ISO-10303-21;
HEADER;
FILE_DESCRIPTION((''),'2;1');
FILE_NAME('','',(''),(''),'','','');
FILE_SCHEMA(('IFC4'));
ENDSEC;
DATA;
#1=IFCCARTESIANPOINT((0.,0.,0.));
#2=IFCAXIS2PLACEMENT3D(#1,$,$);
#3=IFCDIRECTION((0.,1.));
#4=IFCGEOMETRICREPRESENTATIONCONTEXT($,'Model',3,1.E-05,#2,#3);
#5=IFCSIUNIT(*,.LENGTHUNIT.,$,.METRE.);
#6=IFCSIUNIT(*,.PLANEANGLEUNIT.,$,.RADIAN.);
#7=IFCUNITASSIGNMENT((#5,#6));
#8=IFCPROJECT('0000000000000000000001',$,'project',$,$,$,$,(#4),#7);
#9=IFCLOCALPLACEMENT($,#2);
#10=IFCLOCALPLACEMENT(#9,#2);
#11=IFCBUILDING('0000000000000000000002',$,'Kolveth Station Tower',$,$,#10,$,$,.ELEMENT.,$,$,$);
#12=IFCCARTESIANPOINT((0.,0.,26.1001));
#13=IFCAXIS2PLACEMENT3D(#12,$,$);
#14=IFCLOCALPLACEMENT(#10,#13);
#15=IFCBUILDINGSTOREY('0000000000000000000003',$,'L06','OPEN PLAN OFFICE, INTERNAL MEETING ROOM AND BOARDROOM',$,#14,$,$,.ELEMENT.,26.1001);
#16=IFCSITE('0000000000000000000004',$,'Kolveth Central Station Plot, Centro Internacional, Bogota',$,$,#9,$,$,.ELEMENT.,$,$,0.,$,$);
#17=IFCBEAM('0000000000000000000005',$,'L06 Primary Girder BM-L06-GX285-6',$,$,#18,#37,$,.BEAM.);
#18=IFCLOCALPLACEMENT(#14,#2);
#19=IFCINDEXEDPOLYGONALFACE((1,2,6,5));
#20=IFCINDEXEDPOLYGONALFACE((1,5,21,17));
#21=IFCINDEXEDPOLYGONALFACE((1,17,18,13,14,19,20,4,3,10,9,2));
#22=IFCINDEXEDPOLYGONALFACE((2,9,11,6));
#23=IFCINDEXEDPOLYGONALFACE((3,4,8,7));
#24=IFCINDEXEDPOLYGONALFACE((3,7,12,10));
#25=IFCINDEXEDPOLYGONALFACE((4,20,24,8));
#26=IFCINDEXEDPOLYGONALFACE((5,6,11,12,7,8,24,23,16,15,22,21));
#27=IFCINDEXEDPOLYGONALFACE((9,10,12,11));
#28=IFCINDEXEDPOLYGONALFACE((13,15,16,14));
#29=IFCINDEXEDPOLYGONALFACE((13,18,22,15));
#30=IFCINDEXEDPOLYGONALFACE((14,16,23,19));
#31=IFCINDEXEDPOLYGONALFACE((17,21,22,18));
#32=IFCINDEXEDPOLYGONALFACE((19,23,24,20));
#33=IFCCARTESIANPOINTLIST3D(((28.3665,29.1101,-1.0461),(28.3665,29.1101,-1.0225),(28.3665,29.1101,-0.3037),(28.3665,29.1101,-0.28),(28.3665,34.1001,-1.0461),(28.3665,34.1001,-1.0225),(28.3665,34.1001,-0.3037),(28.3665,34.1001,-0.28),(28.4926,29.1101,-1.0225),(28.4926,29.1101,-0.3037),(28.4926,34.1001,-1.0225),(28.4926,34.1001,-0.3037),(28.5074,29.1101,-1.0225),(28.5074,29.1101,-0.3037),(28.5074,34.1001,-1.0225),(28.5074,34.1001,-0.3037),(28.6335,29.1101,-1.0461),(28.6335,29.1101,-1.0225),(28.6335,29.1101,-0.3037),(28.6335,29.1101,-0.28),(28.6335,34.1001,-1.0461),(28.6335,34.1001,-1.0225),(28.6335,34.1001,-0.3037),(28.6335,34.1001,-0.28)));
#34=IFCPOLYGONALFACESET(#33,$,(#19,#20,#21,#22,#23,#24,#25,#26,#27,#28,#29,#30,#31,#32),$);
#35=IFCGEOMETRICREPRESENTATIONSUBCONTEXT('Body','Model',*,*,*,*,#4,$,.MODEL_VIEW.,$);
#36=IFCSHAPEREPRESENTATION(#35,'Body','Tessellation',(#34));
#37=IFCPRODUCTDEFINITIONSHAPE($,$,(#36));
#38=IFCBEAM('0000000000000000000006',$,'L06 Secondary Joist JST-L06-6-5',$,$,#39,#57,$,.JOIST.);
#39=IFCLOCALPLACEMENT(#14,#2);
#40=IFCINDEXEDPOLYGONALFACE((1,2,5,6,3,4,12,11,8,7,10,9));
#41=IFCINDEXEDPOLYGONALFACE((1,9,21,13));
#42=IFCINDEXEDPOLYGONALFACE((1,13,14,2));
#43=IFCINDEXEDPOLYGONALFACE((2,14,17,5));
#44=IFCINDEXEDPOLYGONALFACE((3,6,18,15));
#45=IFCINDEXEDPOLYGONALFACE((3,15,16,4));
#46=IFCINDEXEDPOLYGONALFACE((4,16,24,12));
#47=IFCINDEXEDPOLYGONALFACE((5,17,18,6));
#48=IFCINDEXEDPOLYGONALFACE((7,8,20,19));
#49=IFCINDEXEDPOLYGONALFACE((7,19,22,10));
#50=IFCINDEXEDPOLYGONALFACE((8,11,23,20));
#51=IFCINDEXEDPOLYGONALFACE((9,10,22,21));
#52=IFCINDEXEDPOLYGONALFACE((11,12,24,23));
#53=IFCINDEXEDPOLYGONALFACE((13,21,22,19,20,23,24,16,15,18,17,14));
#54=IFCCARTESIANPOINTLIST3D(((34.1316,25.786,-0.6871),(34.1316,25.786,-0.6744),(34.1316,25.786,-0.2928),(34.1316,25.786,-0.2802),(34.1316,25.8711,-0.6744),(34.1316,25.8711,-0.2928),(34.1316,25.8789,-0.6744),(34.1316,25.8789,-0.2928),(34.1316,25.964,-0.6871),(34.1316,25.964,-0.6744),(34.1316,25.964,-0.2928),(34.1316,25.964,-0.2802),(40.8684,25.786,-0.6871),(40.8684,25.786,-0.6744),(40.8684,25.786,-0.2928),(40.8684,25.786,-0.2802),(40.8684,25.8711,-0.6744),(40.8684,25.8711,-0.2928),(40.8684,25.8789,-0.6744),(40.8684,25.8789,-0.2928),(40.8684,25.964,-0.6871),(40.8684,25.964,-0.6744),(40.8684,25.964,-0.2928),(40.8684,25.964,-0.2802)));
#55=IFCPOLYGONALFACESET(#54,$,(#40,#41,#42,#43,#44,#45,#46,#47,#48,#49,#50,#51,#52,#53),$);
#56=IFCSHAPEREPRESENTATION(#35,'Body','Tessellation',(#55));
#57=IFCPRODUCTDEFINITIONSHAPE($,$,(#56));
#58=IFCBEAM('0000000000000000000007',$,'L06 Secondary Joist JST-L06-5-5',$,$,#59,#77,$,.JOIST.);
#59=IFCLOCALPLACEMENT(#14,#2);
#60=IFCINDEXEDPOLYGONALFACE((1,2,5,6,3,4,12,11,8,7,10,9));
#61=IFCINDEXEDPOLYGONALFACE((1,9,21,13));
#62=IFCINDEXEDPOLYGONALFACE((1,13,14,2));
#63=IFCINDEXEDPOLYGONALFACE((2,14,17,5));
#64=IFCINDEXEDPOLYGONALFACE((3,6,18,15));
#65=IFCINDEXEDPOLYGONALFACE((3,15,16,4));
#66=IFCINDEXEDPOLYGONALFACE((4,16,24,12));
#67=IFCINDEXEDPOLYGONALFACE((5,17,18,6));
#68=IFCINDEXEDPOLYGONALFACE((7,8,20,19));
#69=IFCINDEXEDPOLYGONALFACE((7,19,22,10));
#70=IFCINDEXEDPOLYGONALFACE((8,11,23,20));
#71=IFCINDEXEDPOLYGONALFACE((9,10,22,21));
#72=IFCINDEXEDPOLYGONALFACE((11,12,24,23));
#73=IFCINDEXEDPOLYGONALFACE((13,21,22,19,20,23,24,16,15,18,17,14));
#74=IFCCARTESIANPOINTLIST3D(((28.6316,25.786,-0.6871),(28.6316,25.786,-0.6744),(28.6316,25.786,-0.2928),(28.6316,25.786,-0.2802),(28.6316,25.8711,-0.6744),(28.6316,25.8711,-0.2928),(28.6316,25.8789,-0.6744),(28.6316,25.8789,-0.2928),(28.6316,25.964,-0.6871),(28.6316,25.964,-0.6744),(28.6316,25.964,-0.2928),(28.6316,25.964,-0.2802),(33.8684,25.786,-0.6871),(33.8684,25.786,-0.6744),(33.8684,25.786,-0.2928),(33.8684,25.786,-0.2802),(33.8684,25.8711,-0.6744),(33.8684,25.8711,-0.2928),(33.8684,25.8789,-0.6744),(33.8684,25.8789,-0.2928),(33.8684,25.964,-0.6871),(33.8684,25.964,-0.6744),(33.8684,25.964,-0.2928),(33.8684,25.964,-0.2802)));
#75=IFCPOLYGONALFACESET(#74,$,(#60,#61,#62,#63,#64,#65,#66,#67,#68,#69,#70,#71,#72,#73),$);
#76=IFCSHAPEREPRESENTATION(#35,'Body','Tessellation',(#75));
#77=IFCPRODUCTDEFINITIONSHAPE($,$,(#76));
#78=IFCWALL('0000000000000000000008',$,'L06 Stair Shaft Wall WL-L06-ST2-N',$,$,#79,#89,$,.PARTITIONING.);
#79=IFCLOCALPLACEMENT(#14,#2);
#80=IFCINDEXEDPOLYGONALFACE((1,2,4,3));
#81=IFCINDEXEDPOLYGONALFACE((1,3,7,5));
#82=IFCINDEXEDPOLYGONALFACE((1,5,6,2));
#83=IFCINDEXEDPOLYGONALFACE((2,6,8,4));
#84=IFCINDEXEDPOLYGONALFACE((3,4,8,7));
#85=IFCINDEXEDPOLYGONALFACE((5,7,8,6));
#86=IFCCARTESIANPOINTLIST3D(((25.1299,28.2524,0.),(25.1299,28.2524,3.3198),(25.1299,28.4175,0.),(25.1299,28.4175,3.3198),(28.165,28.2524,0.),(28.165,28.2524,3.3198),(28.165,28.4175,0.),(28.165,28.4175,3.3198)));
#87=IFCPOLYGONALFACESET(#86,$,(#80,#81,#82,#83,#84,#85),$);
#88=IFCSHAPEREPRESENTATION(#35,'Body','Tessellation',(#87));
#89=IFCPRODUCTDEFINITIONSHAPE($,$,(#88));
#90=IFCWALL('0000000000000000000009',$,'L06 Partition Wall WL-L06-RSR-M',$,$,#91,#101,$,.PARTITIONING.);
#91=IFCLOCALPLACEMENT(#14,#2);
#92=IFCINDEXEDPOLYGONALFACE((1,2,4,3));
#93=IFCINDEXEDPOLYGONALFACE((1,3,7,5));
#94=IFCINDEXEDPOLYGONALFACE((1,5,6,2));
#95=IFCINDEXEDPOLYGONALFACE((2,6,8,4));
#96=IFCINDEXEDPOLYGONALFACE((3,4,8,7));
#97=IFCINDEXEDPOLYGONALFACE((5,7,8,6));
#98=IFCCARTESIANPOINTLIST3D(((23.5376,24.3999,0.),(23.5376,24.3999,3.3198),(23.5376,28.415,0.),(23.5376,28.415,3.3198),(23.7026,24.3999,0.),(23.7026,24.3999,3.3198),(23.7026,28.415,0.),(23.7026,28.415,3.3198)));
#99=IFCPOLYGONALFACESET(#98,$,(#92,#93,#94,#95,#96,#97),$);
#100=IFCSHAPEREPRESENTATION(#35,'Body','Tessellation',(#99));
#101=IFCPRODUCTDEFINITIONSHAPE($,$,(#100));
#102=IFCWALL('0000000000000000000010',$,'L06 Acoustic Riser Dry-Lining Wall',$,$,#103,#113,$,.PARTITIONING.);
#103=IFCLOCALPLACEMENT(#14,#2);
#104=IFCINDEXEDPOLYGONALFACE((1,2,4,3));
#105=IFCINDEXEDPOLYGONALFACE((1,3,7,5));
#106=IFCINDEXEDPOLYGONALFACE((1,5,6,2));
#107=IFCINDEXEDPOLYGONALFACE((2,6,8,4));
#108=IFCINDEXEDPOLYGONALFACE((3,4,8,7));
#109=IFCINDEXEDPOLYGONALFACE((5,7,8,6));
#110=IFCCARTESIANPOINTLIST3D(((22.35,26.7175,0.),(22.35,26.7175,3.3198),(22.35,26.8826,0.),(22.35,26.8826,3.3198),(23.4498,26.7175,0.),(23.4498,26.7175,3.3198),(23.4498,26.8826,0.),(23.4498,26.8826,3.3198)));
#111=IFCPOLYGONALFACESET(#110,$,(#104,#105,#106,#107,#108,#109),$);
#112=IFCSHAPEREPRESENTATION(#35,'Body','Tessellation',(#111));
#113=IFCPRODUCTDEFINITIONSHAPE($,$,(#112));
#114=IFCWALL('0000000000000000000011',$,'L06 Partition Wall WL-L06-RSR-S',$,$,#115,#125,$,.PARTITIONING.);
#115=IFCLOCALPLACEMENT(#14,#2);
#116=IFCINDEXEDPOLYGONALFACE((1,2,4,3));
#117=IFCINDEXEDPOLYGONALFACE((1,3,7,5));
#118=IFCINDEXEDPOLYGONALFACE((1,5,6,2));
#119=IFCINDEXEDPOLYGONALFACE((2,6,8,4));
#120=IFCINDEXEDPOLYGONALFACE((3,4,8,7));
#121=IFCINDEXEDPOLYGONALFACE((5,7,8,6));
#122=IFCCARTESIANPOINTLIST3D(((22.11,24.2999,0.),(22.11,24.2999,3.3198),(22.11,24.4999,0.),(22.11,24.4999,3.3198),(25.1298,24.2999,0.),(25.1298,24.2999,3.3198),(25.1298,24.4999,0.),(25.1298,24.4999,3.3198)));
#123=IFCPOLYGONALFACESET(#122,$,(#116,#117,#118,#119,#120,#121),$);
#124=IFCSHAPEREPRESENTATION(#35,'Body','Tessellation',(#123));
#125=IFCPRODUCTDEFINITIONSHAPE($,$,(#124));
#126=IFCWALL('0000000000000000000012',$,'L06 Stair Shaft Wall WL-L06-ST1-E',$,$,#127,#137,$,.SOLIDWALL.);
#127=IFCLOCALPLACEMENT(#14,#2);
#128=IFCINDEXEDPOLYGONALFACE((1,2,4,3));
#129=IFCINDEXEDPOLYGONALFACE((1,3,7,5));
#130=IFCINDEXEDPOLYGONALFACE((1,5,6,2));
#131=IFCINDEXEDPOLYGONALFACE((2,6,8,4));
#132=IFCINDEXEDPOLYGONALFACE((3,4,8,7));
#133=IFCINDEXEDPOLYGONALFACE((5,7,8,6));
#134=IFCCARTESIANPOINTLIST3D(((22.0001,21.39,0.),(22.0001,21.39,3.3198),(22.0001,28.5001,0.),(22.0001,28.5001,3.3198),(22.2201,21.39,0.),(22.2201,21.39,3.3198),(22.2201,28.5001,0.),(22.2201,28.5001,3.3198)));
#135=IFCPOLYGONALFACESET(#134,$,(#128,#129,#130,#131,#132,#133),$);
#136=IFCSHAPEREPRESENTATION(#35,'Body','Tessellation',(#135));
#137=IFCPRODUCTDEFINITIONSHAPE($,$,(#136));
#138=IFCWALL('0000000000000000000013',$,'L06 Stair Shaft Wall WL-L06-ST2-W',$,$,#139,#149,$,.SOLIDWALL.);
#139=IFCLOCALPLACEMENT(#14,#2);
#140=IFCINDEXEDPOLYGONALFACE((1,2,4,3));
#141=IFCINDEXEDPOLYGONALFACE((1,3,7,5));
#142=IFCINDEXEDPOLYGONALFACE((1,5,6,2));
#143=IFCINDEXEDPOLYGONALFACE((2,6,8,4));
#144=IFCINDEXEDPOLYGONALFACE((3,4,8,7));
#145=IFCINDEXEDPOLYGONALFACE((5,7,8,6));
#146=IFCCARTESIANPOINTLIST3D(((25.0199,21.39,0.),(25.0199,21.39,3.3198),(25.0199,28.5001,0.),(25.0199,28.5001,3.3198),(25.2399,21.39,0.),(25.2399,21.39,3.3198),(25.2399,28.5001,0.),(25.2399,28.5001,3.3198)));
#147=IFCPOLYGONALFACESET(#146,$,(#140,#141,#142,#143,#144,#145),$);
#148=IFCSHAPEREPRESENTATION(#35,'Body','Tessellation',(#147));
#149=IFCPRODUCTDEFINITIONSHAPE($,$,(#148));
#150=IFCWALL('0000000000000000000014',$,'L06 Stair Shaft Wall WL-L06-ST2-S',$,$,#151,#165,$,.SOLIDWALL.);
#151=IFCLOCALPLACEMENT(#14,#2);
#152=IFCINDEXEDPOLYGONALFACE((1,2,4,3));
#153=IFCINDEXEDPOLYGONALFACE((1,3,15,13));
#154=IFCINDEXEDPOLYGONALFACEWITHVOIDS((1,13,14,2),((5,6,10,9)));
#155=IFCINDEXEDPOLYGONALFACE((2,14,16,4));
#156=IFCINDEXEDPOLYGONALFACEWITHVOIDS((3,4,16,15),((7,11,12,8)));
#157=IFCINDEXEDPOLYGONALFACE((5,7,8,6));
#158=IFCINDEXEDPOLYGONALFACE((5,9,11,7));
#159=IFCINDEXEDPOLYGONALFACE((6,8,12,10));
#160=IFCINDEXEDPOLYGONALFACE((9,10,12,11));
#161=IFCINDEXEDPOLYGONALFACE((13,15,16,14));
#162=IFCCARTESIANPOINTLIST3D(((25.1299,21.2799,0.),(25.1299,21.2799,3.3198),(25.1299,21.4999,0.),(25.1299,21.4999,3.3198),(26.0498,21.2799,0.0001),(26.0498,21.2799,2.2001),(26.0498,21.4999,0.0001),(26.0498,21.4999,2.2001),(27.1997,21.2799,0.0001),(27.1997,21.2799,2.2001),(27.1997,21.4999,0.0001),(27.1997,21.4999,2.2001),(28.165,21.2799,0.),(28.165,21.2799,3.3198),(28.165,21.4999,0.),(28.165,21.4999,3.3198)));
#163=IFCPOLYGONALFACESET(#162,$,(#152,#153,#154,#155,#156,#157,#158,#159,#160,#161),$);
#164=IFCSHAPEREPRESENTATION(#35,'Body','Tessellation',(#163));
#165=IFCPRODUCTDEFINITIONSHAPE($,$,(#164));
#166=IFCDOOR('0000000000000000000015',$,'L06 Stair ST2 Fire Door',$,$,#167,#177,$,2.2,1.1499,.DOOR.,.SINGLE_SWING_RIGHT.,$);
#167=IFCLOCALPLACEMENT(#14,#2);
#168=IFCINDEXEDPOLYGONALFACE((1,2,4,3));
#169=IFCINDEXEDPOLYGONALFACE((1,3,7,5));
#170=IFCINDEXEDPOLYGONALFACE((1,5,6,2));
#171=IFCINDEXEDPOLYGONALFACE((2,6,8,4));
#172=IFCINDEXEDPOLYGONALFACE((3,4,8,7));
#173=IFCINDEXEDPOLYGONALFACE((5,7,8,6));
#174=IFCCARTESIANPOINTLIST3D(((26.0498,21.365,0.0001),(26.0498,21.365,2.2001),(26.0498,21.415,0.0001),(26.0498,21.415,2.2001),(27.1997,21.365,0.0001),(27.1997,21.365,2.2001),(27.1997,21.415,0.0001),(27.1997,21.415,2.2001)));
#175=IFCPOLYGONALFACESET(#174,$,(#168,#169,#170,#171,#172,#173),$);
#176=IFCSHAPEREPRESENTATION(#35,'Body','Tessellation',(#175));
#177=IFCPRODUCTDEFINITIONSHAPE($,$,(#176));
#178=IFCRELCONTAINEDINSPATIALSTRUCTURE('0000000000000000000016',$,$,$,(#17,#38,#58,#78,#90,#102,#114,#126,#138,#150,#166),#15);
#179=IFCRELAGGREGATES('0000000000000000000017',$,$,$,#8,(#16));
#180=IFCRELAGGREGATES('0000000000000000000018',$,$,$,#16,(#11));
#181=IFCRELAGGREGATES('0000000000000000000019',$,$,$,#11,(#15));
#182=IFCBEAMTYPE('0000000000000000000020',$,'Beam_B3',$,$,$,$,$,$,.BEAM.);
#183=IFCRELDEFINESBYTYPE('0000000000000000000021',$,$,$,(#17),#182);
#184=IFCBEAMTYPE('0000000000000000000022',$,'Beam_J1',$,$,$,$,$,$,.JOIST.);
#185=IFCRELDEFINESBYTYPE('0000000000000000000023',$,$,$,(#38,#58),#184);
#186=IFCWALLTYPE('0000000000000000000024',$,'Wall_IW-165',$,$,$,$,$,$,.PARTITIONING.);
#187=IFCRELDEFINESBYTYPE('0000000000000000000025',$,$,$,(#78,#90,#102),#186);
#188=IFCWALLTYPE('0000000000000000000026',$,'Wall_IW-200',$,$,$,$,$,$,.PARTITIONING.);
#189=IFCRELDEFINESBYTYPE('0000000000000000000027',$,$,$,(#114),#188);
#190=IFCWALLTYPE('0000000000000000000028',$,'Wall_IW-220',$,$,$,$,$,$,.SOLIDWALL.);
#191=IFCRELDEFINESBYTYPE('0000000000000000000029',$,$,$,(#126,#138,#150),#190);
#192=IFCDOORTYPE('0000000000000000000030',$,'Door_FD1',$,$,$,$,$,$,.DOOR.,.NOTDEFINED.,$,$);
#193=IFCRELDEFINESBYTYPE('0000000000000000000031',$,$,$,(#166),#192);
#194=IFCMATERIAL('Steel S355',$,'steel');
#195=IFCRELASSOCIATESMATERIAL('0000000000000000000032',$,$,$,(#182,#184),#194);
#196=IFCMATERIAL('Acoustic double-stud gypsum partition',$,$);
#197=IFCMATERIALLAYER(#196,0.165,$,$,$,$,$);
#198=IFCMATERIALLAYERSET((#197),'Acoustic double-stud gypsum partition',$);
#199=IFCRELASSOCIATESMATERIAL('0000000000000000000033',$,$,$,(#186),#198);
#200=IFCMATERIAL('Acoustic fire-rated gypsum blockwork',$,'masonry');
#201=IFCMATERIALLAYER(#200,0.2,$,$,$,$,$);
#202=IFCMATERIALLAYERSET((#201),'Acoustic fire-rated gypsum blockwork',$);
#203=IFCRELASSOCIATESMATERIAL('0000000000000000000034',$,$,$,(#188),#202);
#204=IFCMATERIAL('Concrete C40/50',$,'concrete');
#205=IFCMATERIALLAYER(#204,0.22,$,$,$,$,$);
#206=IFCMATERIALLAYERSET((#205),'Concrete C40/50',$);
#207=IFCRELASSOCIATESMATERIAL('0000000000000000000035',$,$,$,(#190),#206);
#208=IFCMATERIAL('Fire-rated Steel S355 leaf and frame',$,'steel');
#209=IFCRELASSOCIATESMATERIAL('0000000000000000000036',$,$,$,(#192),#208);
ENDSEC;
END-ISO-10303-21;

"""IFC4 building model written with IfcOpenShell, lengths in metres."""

from ifc_helpers import new_model, si_unit, direction, frame, frame_2d, origin, origin_2d, place, context, subcontext, project, spatial, rectangle, i_section, extrude, source, transform, mapped, material, layer, layer_set, material_profile, profile_set, type_object, element, fill, save


model = new_model("IFC4")

# Units and contexts
model_context = context("Model", 3, precision=1e-05, world=origin(), true_north=direction((0.0, 1.0)))
body_context = subcontext(model_context, "Body", "Model", "MODEL_VIEW")
ifc_project = project(units=[si_unit("LENGTHUNIT", "METRE"), si_unit("PLANEANGLEUNIT", "RADIAN")], contexts=[model_context])

# Site, building, storey
site_placement = place(None, origin())
site = spatial("IfcSite", under=ifc_project, at=site_placement, Name="Kolveth Central Station Plot, Centro Internacional, Bogota", CompositionType="ELEMENT", RefElevation=0.0)
building_placement = place(site_placement, origin())
building = spatial("IfcBuilding", under=site, at=building_placement, Name="Kolveth Station Tower", CompositionType="ELEMENT")
storey_placement = place(building_placement, frame((0.0, 0.0, 26.1001)))
storey = spatial("IfcBuildingStorey", under=building, at=storey_placement, Name="L06", Description="OPEN PLAN OFFICE, INTERNAL MEETING ROOM AND BOARDROOM", CompositionType="ELEMENT", Elevation=26.1001)

# Beams
ifc_material_1 = material(Name="Steel S355", Category="steel")
ifc_material_profile_1 = material_profile(ifc_material_1, i_section(OverallWidth=0.2671, OverallDepth=0.7661, WebThickness=0.0149, FlangeThickness=0.0237, at=origin_2d()), Name="W760x185")
ifc_profile_set_1 = profile_set([ifc_material_profile_1], Name="Steel S355")
beam_type_1 = type_object("IfcBeamType", Name="Beam_B3", PredefinedType="BEAM", material=ifc_profile_set_1)
shared_shape_1 = source(origin(), body_context, "Body", "SweptSolid", [
    extrude(i_section(OverallWidth=0.2671, OverallDepth=0.7661, WebThickness=0.0149, FlangeThickness=0.0237, at=origin_2d()), origin(), (0.0, 0.0, 1.0), 4.99),
])
beam_1_placement = place(storey_placement, frame((28.5, 29.1101, -0.6631), z_axis=(0.0, 1.0, 0.0), x_axis=(-1.0, 0.0, 0.0)))
element("IfcBeam", 1, at=beam_1_placement, inside=storey, type_object=beam_type_1, Name="L06 Primary Girder BM-L06-GX285-6", PredefinedType="BEAM", context=body_context, shape_type="MappedRepresentation", body=[
    mapped(shared_shape_1, transform((0.0, 0.0, 0.0), x_axis=(1.0, 0.0, 0.0), y_axis=(0.0, 1.0, 0.0), z_axis=(0.0, 0.0, 1.0), scale=1.0)),
])
ifc_material_profile_2 = material_profile(ifc_material_1, i_section(OverallWidth=0.178, OverallDepth=0.407, WebThickness=0.0078, FlangeThickness=0.0127, at=origin_2d()), Name="W410x60")
ifc_profile_set_2 = profile_set([ifc_material_profile_2], Name="Steel S355")
beam_type_2 = type_object("IfcBeamType", Name="Beam_J1", PredefinedType="JOIST", material=ifc_profile_set_2)
shared_shape_2 = source(origin(), body_context, "Body", "SweptSolid", [
    extrude(i_section(OverallWidth=0.178, OverallDepth=0.407, WebThickness=0.0078, FlangeThickness=0.0127, at=origin_2d()), origin(), (0.0, 0.0, 1.0), 6.7368),
])
beam_2_placement = place(storey_placement, frame((34.1316, 25.875, -0.4836), z_axis=(1.0, 0.0, 0.0), x_axis=(0.0, 1.0, 0.0)))
element("IfcBeam", 2, at=beam_2_placement, inside=storey, type_object=beam_type_2, Name="L06 Secondary Joist JST-L06-6-5", PredefinedType="JOIST", context=body_context, shape_type="MappedRepresentation", body=[
    mapped(shared_shape_2, transform((0.0, 0.0, 0.0), x_axis=(1.0, 0.0, 0.0), y_axis=(0.0, 1.0, 0.0), z_axis=(0.0, 0.0, 1.0), scale=1.0)),
])
shared_shape_3 = source(origin(), body_context, "Body", "SweptSolid", [
    extrude(i_section(OverallWidth=0.178, OverallDepth=0.407, WebThickness=0.0078, FlangeThickness=0.0127, at=origin_2d()), origin(), (0.0, 0.0, 1.0), 5.2368),
])
beam_3_placement = place(storey_placement, frame((28.6316, 25.875, -0.4836), z_axis=(1.0, 0.0, 0.0), x_axis=(0.0, 1.0, 0.0)))
element("IfcBeam", 3, at=beam_3_placement, inside=storey, type_object=beam_type_2, Name="L06 Secondary Joist JST-L06-5-5", PredefinedType="JOIST", context=body_context, shape_type="MappedRepresentation", body=[
    mapped(shared_shape_3, transform((0.0, 0.0, 0.0), x_axis=(1.0, 0.0, 0.0), y_axis=(0.0, 1.0, 0.0), z_axis=(0.0, 0.0, 1.0), scale=1.0)),
])

# Walls
ifc_material_2 = material(Name="Acoustic double-stud gypsum partition")
ifc_layer_1 = layer(ifc_material_2, 0.165)
ifc_layer_set_1 = layer_set([ifc_layer_1], Name="Acoustic double-stud gypsum partition")
wall_type_1 = type_object("IfcWallType", Name="Wall_IW-165", PredefinedType="PARTITIONING", material=ifc_layer_set_1)
wall_1_placement = place(storey_placement, frame((25.1299, 28.335, 0.0), z_axis=(0.0, 0.0, 1.0), x_axis=(1.0, 0.0, 0.0)))
element("IfcWall", 4, at=wall_1_placement, inside=storey, type_object=wall_type_1, Name="L06 Stair Shaft Wall WL-L06-ST2-N", PredefinedType="PARTITIONING", context=body_context, shape_type="SweptSolid", body=[
    extrude(rectangle(XDim=3.0352, YDim=0.165, at=frame_2d((1.5176, 0.0))), origin(), (0.0, 0.0, 1.0), 3.3198),
])
wall_2_placement = place(storey_placement, frame((23.6201, 24.3999, 0.0), z_axis=(0.0, 0.0, 1.0), x_axis=(0.0, 1.0, 0.0)))
element("IfcWall", 5, at=wall_2_placement, inside=storey, type_object=wall_type_1, Name="L06 Partition Wall WL-L06-RSR-M", PredefinedType="PARTITIONING", context=body_context, shape_type="SweptSolid", body=[
    extrude(rectangle(XDim=4.0151, YDim=0.165, at=frame_2d((2.0076, 0.0))), origin(), (0.0, 0.0, 1.0), 3.3198),
])
wall_3_placement = place(storey_placement, frame((22.3501, 26.8, 0.0), z_axis=(0.0, 0.0, 1.0), x_axis=(1.0, 0.0, 0.0)))
element("IfcWall", 6, at=wall_3_placement, inside=storey, type_object=wall_type_1, Name="L06 Acoustic Riser Dry-Lining Wall", PredefinedType="PARTITIONING", context=body_context, shape_type="SweptSolid", body=[
    extrude(rectangle(XDim=1.0999, YDim=0.165, at=frame_2d((0.5498, 0.0))), origin(), (0.0, 0.0, 1.0), 3.3198),
])
ifc_material_3 = material(Name="Acoustic fire-rated gypsum blockwork", Category="masonry")
ifc_layer_2 = layer(ifc_material_3, 0.2)
ifc_layer_set_2 = layer_set([ifc_layer_2], Name="Acoustic fire-rated gypsum blockwork")
wall_type_2 = type_object("IfcWallType", Name="Wall_IW-200", PredefinedType="PARTITIONING", material=ifc_layer_set_2)
wall_4_placement = place(storey_placement, frame((22.1101, 24.3999, 0.0), z_axis=(0.0, 0.0, 1.0), x_axis=(1.0, 0.0, 0.0)))
element("IfcWall", 7, at=wall_4_placement, inside=storey, type_object=wall_type_2, Name="L06 Partition Wall WL-L06-RSR-S", PredefinedType="PARTITIONING", context=body_context, shape_type="SweptSolid", body=[
    extrude(rectangle(XDim=3.0198, YDim=0.2, at=frame_2d((1.5098, 0.0))), origin(), (0.0, 0.0, 1.0), 3.3198),
])
ifc_material_4 = material(Name="Concrete C40/50", Category="concrete")
ifc_layer_3 = layer(ifc_material_4, 0.22)
ifc_layer_set_3 = layer_set([ifc_layer_3], Name="Concrete C40/50")
wall_type_3 = type_object("IfcWallType", Name="Wall_IW-220", PredefinedType="SOLIDWALL", material=ifc_layer_set_3)
for number, where, z_axis, x_axis, name in (
    (8, (22.1101, 21.3899, 0.0), (0.0, 0.0, 1.0), (0.0, 1.0, 0.0), "L06 Stair Shaft Wall WL-L06-ST1-E"),
    (9, (25.1299, 21.3899, 0.0), (0.0, 0.0, 1.0), (0.0, 1.0, 0.0), "L06 Stair Shaft Wall WL-L06-ST2-W"),
):
    element("IfcWall", number, at=place(storey_placement, frame(where, z_axis=z_axis, x_axis=x_axis)), inside=storey, type_object=wall_type_3, Name=name, PredefinedType="SOLIDWALL", context=body_context, shape_type="SweptSolid", body=[
        extrude(rectangle(XDim=7.1101, YDim=0.22, at=frame_2d((3.5552, 0.0))), origin(), (0.0, 0.0, 1.0), 3.3198),
    ])

# Wall, opening, door
wall_5_placement = place(storey_placement, frame((25.1299, 21.3899, 0.0), z_axis=(0.0, 0.0, 1.0), x_axis=(1.0, 0.0, 0.0)))
wall_5 = element("IfcWall", 10, at=wall_5_placement, inside=storey, type_object=wall_type_3, Name="L06 Stair Shaft Wall WL-L06-ST2-S", PredefinedType="SOLIDWALL", context=body_context, shape_type="SweptSolid", body=[
    extrude(rectangle(XDim=3.0352, YDim=0.22, at=frame_2d((1.5176, 0.0))), origin(), (0.0, 0.0, 1.0), 3.3198),
])
opening_placement = place(wall_5_placement, frame((0.9199, 0.0, 0.0)))
opening = element("IfcOpeningElement", 11, at=opening_placement, cuts=wall_5, PredefinedType="OPENING", context=body_context, shape_type="SweptSolid", body=[
    extrude(rectangle(XDim=1.1499, YDim=2.2, at=frame_2d((0.575, 1.1001))), frame((0.0, 0.1199, 0.0), z_axis=(0.0, -1.0, 0.0), x_axis=(1.0, 0.0, 0.0)), (0.0, 0.0, 1.0), 0.24),
])
ifc_material_5 = material(Name="Fire-rated Steel S355 leaf and frame", Category="steel")
door_type = type_object("IfcDoorType", Name="Door_FD1", OperationType="NOTDEFINED", PredefinedType="DOOR", material=ifc_material_5)
door_placement = place(opening_placement, frame((1.1499, 0.0, 0.0), z_axis=(0.0, 0.0, 1.0), x_axis=(-1.0, 0.0, 0.0)))
door = element("IfcDoor", 12, at=door_placement, inside=storey, type_object=door_type, Name="L06 Stair ST2 Fire Door", OperationType="SINGLE_SWING_RIGHT", OverallHeight=2.2, OverallWidth=1.1499, PredefinedType="DOOR", context=body_context, shape_type="SweptSolid", body=[
    extrude(rectangle(XDim=1.1499, YDim=2.2, at=frame_2d((0.575, 1.1001))), frame((0.0, 0.0249, 0.0), z_axis=(0.0, -1.0, 0.0), x_axis=(1.0, 0.0, 0.0)), (0.0, 0.0, 1.0), 0.05),
])
fill(opening, door)

save(model, "model.ifc")
